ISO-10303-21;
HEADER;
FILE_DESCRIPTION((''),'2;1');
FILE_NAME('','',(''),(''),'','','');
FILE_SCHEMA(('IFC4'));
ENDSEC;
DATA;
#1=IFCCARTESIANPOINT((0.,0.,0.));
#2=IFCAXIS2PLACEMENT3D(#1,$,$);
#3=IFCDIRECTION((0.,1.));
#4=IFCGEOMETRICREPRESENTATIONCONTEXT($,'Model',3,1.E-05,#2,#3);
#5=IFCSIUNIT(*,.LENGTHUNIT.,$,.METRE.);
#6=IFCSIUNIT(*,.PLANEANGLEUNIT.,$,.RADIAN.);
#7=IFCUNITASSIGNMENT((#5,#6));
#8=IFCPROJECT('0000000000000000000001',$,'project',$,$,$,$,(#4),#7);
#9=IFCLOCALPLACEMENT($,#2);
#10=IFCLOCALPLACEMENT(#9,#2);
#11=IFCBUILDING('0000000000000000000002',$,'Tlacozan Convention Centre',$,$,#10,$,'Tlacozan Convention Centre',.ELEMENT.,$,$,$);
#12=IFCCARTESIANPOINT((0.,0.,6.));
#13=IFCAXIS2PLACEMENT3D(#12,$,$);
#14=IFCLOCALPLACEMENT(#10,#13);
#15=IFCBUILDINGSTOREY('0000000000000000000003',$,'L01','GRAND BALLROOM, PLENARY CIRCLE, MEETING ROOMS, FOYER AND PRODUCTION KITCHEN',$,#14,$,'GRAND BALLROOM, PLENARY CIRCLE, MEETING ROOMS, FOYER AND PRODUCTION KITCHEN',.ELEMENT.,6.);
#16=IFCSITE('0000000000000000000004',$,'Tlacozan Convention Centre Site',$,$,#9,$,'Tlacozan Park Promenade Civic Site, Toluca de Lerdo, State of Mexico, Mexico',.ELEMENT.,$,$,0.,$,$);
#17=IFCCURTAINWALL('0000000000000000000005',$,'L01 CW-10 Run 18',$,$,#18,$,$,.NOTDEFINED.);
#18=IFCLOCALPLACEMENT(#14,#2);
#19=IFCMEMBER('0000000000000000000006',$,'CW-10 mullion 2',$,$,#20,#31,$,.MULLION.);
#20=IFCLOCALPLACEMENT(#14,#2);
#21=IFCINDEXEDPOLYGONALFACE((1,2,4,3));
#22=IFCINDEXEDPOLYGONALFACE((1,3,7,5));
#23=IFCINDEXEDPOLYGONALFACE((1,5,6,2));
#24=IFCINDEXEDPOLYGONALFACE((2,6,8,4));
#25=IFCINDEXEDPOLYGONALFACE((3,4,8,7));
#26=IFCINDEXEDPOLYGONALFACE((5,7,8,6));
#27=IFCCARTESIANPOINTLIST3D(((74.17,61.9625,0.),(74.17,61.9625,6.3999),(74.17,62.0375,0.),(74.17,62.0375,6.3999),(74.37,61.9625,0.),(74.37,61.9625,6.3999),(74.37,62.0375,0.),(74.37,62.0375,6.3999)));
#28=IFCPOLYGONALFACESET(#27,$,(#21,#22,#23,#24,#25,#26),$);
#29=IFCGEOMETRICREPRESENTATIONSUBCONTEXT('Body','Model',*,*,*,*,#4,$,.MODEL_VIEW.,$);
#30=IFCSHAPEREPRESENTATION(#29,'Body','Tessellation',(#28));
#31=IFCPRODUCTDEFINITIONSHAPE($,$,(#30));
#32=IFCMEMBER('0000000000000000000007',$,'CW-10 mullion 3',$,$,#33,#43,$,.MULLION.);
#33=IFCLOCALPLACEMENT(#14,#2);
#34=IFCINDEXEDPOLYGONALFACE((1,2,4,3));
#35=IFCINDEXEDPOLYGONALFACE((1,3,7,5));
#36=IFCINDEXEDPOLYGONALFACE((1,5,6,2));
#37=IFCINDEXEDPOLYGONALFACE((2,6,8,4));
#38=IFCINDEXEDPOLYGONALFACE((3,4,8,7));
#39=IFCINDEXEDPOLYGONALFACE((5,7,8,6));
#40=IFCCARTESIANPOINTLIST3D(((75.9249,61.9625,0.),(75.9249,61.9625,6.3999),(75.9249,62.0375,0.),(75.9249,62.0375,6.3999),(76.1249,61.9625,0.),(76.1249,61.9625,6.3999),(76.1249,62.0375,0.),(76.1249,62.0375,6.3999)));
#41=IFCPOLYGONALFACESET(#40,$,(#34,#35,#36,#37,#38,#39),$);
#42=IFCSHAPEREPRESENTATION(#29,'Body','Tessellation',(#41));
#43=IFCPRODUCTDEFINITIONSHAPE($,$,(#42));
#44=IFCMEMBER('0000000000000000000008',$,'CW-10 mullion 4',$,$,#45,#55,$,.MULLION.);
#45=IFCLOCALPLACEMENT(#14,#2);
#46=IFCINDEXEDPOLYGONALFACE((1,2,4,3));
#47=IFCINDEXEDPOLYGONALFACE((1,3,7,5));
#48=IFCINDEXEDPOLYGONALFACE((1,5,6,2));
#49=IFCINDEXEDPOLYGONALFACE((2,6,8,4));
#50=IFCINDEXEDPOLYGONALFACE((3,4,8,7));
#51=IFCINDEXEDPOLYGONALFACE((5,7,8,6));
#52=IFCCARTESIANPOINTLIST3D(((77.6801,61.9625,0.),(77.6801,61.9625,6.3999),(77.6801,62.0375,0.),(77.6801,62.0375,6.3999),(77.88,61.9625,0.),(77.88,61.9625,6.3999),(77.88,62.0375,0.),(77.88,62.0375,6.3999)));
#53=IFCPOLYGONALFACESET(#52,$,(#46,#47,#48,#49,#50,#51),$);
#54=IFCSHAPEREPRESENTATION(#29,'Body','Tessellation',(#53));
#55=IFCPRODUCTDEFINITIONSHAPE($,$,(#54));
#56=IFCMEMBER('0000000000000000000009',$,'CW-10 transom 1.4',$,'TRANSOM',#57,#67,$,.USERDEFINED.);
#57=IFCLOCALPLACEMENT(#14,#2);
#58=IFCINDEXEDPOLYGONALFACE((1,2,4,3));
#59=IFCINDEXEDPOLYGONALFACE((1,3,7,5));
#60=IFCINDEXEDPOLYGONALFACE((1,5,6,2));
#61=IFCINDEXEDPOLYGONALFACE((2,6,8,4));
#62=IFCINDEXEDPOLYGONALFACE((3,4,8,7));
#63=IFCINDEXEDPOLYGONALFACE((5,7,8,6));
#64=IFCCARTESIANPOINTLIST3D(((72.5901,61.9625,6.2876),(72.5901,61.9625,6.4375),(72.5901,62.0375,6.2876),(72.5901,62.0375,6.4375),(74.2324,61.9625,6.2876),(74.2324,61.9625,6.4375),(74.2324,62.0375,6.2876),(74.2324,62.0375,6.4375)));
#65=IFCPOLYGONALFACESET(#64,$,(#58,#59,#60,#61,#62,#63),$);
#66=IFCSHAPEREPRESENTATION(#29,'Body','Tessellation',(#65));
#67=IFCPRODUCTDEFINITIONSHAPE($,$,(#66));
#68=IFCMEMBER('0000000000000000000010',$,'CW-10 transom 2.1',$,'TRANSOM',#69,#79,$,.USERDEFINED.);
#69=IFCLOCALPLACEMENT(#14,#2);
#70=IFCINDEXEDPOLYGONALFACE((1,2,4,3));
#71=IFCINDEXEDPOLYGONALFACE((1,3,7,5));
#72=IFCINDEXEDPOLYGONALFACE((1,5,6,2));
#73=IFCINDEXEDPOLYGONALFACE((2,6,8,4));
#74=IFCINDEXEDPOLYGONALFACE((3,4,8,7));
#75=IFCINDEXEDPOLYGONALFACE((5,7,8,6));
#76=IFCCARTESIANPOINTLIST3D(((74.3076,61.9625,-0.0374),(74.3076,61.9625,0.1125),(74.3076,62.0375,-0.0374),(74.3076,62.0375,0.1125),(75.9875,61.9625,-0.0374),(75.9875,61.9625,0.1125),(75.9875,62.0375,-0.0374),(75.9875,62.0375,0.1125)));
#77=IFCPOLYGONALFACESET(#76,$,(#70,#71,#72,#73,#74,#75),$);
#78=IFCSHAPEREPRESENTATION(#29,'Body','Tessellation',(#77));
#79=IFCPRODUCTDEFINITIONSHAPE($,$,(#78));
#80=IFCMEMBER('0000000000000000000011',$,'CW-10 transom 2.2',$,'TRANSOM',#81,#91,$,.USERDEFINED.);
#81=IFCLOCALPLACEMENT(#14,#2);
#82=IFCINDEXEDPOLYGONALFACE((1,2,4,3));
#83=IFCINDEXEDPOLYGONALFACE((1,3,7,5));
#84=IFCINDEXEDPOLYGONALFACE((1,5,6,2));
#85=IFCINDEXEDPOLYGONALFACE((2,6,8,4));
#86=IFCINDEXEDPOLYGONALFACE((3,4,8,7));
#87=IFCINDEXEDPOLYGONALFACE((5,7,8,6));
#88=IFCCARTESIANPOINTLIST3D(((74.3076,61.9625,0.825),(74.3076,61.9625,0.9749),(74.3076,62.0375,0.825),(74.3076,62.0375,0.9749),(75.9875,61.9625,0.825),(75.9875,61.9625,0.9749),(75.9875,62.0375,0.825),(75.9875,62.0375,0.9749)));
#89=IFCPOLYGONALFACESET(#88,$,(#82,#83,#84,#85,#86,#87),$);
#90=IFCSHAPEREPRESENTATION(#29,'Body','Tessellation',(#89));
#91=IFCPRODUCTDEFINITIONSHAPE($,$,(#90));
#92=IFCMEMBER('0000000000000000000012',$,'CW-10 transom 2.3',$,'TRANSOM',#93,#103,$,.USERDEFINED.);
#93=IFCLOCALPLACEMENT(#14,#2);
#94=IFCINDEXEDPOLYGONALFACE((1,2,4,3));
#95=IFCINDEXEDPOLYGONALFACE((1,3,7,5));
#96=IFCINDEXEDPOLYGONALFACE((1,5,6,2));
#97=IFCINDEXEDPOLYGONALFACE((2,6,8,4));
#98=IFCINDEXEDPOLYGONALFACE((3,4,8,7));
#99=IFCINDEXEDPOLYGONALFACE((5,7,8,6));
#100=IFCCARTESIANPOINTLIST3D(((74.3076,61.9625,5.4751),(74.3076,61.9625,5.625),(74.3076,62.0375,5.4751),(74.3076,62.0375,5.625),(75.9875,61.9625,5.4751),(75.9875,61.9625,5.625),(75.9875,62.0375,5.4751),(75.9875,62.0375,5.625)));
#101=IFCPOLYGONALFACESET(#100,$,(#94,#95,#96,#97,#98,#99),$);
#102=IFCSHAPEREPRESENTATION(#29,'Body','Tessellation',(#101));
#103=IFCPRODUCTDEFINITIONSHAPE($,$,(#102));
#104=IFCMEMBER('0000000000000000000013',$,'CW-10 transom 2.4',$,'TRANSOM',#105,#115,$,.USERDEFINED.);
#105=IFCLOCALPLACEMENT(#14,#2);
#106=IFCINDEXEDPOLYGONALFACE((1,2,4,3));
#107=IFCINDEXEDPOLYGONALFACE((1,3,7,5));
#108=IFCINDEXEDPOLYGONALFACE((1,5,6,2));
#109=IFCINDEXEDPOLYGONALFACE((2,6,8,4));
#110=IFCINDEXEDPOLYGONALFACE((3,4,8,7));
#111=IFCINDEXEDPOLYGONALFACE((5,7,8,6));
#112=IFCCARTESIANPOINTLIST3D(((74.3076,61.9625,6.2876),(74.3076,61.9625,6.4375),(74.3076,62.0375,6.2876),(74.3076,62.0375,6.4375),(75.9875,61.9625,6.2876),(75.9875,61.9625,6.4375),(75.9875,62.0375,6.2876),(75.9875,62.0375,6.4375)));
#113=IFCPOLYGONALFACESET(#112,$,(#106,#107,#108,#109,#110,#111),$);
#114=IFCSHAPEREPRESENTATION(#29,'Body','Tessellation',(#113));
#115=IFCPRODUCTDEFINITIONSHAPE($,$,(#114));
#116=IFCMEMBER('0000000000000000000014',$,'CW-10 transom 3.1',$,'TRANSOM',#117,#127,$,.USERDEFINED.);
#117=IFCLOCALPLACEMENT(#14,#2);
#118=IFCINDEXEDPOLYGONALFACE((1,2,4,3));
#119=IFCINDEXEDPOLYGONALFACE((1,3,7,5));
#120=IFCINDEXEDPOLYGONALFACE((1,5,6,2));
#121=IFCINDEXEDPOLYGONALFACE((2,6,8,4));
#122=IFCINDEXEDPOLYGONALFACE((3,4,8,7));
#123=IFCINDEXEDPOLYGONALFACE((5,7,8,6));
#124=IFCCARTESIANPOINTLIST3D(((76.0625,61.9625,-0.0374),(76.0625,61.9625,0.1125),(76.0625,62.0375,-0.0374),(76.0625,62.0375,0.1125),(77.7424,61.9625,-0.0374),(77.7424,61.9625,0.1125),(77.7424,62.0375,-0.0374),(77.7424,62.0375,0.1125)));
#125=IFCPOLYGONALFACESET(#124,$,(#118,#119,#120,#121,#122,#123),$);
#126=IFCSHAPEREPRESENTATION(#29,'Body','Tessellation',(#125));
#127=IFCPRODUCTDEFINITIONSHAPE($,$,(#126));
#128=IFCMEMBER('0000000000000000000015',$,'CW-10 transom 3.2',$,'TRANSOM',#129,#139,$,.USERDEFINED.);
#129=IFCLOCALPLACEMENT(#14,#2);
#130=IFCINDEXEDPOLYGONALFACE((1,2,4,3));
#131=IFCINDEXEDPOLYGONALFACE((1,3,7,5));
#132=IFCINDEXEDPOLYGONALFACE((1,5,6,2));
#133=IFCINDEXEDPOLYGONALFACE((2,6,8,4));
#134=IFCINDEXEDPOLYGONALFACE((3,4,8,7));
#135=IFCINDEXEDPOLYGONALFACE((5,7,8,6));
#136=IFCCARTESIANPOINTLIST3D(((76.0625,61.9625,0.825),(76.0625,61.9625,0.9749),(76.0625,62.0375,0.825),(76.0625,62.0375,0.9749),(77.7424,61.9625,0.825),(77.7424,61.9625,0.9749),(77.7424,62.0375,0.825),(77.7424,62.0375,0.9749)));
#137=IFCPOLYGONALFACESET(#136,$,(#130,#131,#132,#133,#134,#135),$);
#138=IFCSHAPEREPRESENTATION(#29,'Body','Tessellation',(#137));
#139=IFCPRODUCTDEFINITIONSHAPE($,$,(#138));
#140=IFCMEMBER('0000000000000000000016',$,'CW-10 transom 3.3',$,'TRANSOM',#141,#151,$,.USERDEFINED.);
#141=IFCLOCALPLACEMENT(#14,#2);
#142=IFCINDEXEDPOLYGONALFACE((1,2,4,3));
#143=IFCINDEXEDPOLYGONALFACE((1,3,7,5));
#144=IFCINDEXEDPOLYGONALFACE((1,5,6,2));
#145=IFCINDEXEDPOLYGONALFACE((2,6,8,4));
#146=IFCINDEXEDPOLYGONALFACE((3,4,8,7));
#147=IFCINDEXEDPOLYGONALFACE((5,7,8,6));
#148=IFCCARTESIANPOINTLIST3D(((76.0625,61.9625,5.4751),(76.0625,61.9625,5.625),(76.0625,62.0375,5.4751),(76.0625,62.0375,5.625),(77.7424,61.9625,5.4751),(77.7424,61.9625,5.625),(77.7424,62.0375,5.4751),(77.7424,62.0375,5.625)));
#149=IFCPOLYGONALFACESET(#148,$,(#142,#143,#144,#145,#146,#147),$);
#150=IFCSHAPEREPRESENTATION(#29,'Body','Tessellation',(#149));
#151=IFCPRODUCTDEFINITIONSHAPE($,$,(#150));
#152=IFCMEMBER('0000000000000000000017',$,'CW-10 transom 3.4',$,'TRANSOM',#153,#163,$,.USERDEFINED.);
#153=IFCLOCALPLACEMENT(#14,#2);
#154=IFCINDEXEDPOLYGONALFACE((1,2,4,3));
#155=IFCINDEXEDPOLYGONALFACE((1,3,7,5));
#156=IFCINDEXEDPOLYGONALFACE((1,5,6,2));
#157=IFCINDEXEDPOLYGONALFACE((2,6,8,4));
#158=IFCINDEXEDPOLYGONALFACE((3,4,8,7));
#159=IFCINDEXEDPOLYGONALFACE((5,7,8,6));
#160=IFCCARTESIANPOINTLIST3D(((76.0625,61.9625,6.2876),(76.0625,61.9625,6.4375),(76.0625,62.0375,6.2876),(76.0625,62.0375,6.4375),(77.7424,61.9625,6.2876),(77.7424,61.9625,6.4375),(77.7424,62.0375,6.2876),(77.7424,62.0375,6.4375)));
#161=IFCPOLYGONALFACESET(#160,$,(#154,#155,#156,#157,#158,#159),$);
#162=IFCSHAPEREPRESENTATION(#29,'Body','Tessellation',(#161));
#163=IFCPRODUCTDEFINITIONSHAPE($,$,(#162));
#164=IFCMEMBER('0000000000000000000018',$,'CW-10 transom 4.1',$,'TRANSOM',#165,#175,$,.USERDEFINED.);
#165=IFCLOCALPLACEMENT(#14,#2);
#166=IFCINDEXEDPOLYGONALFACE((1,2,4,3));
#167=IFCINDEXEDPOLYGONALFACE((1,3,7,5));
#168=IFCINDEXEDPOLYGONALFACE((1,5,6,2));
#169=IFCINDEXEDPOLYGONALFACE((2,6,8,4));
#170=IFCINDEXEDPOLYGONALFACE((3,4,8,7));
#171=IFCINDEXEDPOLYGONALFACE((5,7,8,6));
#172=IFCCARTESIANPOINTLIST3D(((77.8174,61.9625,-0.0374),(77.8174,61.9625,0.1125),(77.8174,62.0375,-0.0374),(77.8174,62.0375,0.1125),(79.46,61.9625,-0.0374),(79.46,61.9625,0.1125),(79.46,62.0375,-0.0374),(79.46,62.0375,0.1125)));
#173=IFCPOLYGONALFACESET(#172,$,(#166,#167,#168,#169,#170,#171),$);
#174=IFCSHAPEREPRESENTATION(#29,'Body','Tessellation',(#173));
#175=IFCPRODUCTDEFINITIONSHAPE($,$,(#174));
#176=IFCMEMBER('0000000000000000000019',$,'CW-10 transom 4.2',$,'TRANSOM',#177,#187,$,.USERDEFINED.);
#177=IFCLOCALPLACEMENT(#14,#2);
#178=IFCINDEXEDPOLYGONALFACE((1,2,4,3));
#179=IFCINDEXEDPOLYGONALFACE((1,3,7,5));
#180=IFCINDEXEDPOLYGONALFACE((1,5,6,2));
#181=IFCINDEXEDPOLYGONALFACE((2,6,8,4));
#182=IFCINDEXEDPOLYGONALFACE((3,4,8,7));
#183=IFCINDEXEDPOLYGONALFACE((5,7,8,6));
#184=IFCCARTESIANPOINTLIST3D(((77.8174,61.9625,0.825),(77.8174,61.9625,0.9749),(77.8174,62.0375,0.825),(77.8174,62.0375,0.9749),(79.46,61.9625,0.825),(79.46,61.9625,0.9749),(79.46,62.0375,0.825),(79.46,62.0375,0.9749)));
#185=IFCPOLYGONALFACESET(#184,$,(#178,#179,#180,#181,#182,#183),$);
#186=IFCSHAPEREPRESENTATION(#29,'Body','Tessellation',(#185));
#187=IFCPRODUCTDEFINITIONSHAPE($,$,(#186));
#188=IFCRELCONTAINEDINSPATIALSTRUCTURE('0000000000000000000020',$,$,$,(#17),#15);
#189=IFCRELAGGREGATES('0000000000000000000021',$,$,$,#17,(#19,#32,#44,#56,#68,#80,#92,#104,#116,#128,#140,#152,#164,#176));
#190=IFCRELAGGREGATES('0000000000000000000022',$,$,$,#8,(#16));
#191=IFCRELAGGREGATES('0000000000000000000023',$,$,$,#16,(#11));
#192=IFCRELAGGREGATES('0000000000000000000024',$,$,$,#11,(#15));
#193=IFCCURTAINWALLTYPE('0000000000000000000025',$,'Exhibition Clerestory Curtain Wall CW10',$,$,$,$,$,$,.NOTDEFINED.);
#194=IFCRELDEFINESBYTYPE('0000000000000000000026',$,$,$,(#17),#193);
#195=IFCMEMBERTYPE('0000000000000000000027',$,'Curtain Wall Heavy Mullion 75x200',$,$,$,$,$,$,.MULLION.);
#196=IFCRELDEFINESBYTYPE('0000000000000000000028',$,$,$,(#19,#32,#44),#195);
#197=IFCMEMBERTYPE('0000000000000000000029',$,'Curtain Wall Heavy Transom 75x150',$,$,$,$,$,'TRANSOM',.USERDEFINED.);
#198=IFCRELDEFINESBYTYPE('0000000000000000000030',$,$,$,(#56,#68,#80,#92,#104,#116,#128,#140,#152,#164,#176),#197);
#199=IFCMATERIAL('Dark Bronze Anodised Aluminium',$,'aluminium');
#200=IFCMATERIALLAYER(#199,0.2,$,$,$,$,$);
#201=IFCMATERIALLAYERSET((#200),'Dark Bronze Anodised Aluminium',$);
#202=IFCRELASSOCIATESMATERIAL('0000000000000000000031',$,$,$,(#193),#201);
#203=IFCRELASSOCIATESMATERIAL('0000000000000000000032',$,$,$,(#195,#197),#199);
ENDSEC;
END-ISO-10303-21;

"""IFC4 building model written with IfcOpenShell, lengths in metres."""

from ifc_helpers import new_model, si_unit, direction, frame, origin, origin_2d, place, context, subcontext, project, spatial, rectangle, extrude, material, layer, layer_set, material_profile, profile_set, type_object, element, aggregate, save


model = new_model("IFC4")

# Units and contexts
model_context = context("Model", 3, precision=1e-05, world=origin(), true_north=direction((0.0, 1.0)))
body_context = subcontext(model_context, "Body", "Model", "MODEL_VIEW")
ifc_project = project(units=[si_unit("LENGTHUNIT", "METRE"), si_unit("PLANEANGLEUNIT", "RADIAN")], contexts=[model_context])

# Site, building, storey
site_placement = place(None, origin())
site = spatial("IfcSite", under=ifc_project, at=site_placement, Name="Tlacozan Convention Centre Site", LongName="Tlacozan Park Promenade Civic Site, Toluca de Lerdo, State of Mexico, Mexico", CompositionType="ELEMENT", RefElevation=0.0)
building_placement = place(site_placement, origin())
building = spatial("IfcBuilding", under=site, at=building_placement, Name="Tlacozan Convention Centre", LongName="Tlacozan Convention Centre", CompositionType="ELEMENT")
storey_placement = place(building_placement, frame((0.0, 0.0, 6.0)))
storey = spatial("IfcBuildingStorey", under=building, at=storey_placement, Name="L01", Description="GRAND BALLROOM, PLENARY CIRCLE, MEETING ROOMS, FOYER AND PRODUCTION KITCHEN", LongName="GRAND BALLROOM, PLENARY CIRCLE, MEETING ROOMS, FOYER AND PRODUCTION KITCHEN", CompositionType="ELEMENT", Elevation=6.0)

# Curtain wall, members
ifc_material_1 = material(Name="Dark Bronze Anodised Aluminium", Category="aluminium")
ifc_layer_1 = layer(ifc_material_1, 0.2)
ifc_layer_set_1 = layer_set([ifc_layer_1], Name="Dark Bronze Anodised Aluminium")
curtain_wall_type = type_object("IfcCurtainWallType", Name="Exhibition Clerestory Curtain Wall CW10", PredefinedType="NOTDEFINED", material=ifc_layer_set_1)
curtain_wall_placement = place(storey_placement, origin())
curtain_wall = element("IfcCurtainWall", 1, at=curtain_wall_placement, inside=storey, type_object=curtain_wall_type, Name="L01 CW-10 Run 18", PredefinedType="NOTDEFINED")
ifc_material_profile_1 = material_profile(ifc_material_1, rectangle(XDim=0.075, YDim=0.2, at=origin_2d()), Name="ALU 75x200")
ifc_profile_set_1 = profile_set([ifc_material_profile_1], Name="Dark Bronze Anodised Aluminium")
member_type_1 = type_object("IfcMemberType", Name="Curtain Wall Heavy Mullion 75x200", PredefinedType="MULLION", material=ifc_profile_set_1)
member_1_placement = place(storey_placement, frame((74.27, 62.0, 0.0), z_axis=(0.0, 0.0, 1.0), x_axis=(0.0, 1.0, 0.0)))
member_1 = element("IfcMember", 2, at=member_1_placement, type_object=member_type_1, Name="CW-10 mullion 2", PredefinedType="MULLION", context=body_context, shape_type="SweptSolid", body=[
    extrude(rectangle(XDim=0.075, YDim=0.2, at=origin_2d()), origin(), (0.0, 0.0, 1.0), 6.3999),
])
member_2_placement = place(storey_placement, frame((76.0249, 62.0, 0.0), z_axis=(0.0, 0.0, 1.0), x_axis=(0.0, 1.0, 0.0)))
member_2 = element("IfcMember", 3, at=member_2_placement, type_object=member_type_1, Name="CW-10 mullion 3", PredefinedType="MULLION", context=body_context, shape_type="SweptSolid", body=[
    extrude(rectangle(XDim=0.075, YDim=0.2, at=origin_2d()), origin(), (0.0, 0.0, 1.0), 6.3999),
])
member_3_placement = place(storey_placement, frame((77.78, 62.0, 0.0), z_axis=(0.0, 0.0, 1.0), x_axis=(0.0, 1.0, 0.0)))
member_3 = element("IfcMember", 4, at=member_3_placement, type_object=member_type_1, Name="CW-10 mullion 4", PredefinedType="MULLION", context=body_context, shape_type="SweptSolid", body=[
    extrude(rectangle(XDim=0.075, YDim=0.2, at=origin_2d()), origin(), (0.0, 0.0, 1.0), 6.3999),
])
ifc_material_profile_2 = material_profile(ifc_material_1, rectangle(XDim=0.075, YDim=0.1499, at=origin_2d()), Name="ALU 75x150")
ifc_profile_set_2 = profile_set([ifc_material_profile_2], Name="Dark Bronze Anodised Aluminium")
member_type_2 = type_object("IfcMemberType", Name="Curtain Wall Heavy Transom 75x150", ElementType="TRANSOM", PredefinedType="USERDEFINED", material=ifc_profile_set_2)
member_4_placement = place(storey_placement, frame((72.5901, 62.0, 6.3625), z_axis=(1.0, 0.0, 0.0), x_axis=(0.0, 1.0, 0.0)))
member_4 = element("IfcMember", 5, at=member_4_placement, type_object=member_type_2, Name="CW-10 transom 1.4", ObjectType="TRANSOM", PredefinedType="USERDEFINED", context=body_context, shape_type="SweptSolid", body=[
    extrude(rectangle(XDim=0.075, YDim=0.1499, at=origin_2d()), origin(), (0.0, 0.0, 1.0), 1.6423),
])
member_5_placement = place(storey_placement, frame((74.3076, 62.0, 0.0376), z_axis=(1.0, 0.0, 0.0), x_axis=(0.0, 1.0, 0.0)))
member_5 = element("IfcMember", 6, at=member_5_placement, type_object=member_type_2, Name="CW-10 transom 2.1", ObjectType="TRANSOM", PredefinedType="USERDEFINED", context=body_context, shape_type="SweptSolid", body=[
    extrude(rectangle(XDim=0.075, YDim=0.1499, at=origin_2d()), origin(), (0.0, 0.0, 1.0), 1.6799),
])
member_6_placement = place(storey_placement, frame((74.3076, 62.0, 0.8999), z_axis=(1.0, 0.0, 0.0), x_axis=(0.0, 1.0, 0.0)))
member_6 = element("IfcMember", 7, at=member_6_placement, type_object=member_type_2, Name="CW-10 transom 2.2", ObjectType="TRANSOM", PredefinedType="USERDEFINED", context=body_context, shape_type="SweptSolid", body=[
    extrude(rectangle(XDim=0.075, YDim=0.1499, at=origin_2d()), origin(), (0.0, 0.0, 1.0), 1.6799),
])
member_7_placement = place(storey_placement, frame((74.3076, 62.0, 5.55), z_axis=(1.0, 0.0, 0.0), x_axis=(0.0, 1.0, 0.0)))
member_7 = element("IfcMember", 8, at=member_7_placement, type_object=member_type_2, Name="CW-10 transom 2.3", ObjectType="TRANSOM", PredefinedType="USERDEFINED", context=body_context, shape_type="SweptSolid", body=[
    extrude(rectangle(XDim=0.075, YDim=0.1499, at=origin_2d()), origin(), (0.0, 0.0, 1.0), 1.6799),
])
member_8_placement = place(storey_placement, frame((74.3076, 62.0, 6.3625), z_axis=(1.0, 0.0, 0.0), x_axis=(0.0, 1.0, 0.0)))
member_8 = element("IfcMember", 9, at=member_8_placement, type_object=member_type_2, Name="CW-10 transom 2.4", ObjectType="TRANSOM", PredefinedType="USERDEFINED", context=body_context, shape_type="SweptSolid", body=[
    extrude(rectangle(XDim=0.075, YDim=0.1499, at=origin_2d()), origin(), (0.0, 0.0, 1.0), 1.6799),
])
member_9_placement = place(storey_placement, frame((76.0625, 62.0, 0.0376), z_axis=(1.0, 0.0, 0.0), x_axis=(0.0, 1.0, 0.0)))
member_9 = element("IfcMember", 10, at=member_9_placement, type_object=member_type_2, Name="CW-10 transom 3.1", ObjectType="TRANSOM", PredefinedType="USERDEFINED", context=body_context, shape_type="SweptSolid", body=[
    extrude(rectangle(XDim=0.075, YDim=0.1499, at=origin_2d()), origin(), (0.0, 0.0, 1.0), 1.6799),
])
member_10_placement = place(storey_placement, frame((76.0625, 62.0, 0.8999), z_axis=(1.0, 0.0, 0.0), x_axis=(0.0, 1.0, 0.0)))
member_10 = element("IfcMember", 11, at=member_10_placement, type_object=member_type_2, Name="CW-10 transom 3.2", ObjectType="TRANSOM", PredefinedType="USERDEFINED", context=body_context, shape_type="SweptSolid", body=[
    extrude(rectangle(XDim=0.075, YDim=0.1499, at=origin_2d()), origin(), (0.0, 0.0, 1.0), 1.6799),
])
member_11_placement = place(storey_placement, frame((76.0625, 62.0, 5.55), z_axis=(1.0, 0.0, 0.0), x_axis=(0.0, 1.0, 0.0)))
member_11 = element("IfcMember", 12, at=member_11_placement, type_object=member_type_2, Name="CW-10 transom 3.3", ObjectType="TRANSOM", PredefinedType="USERDEFINED", context=body_context, shape_type="SweptSolid", body=[
    extrude(rectangle(XDim=0.075, YDim=0.1499, at=origin_2d()), origin(), (0.0, 0.0, 1.0), 1.6799),
])
member_12_placement = place(storey_placement, frame((76.0625, 62.0, 6.3625), z_axis=(1.0, 0.0, 0.0), x_axis=(0.0, 1.0, 0.0)))
member_12 = element("IfcMember", 13, at=member_12_placement, type_object=member_type_2, Name="CW-10 transom 3.4", ObjectType="TRANSOM", PredefinedType="USERDEFINED", context=body_context, shape_type="SweptSolid", body=[
    extrude(rectangle(XDim=0.075, YDim=0.1499, at=origin_2d()), origin(), (0.0, 0.0, 1.0), 1.6799),
])
member_13_placement = place(storey_placement, frame((77.8174, 62.0, 0.0376), z_axis=(1.0, 0.0, 0.0), x_axis=(0.0, 1.0, 0.0)))
member_13 = element("IfcMember", 14, at=member_13_placement, type_object=member_type_2, Name="CW-10 transom 4.1", ObjectType="TRANSOM", PredefinedType="USERDEFINED", context=body_context, shape_type="SweptSolid", body=[
    extrude(rectangle(XDim=0.075, YDim=0.1499, at=origin_2d()), origin(), (0.0, 0.0, 1.0), 1.6426),
])
member_14_placement = place(storey_placement, frame((77.8174, 62.0, 0.8999), z_axis=(1.0, 0.0, 0.0), x_axis=(0.0, 1.0, 0.0)))
member_14 = element("IfcMember", 15, at=member_14_placement, type_object=member_type_2, Name="CW-10 transom 4.2", ObjectType="TRANSOM", PredefinedType="USERDEFINED", context=body_context, shape_type="SweptSolid", body=[
    extrude(rectangle(XDim=0.075, YDim=0.1499, at=origin_2d()), origin(), (0.0, 0.0, 1.0), 1.6426),
])
aggregate(curtain_wall, [member_1, member_2, member_3, member_4, member_5, member_6, member_7, member_8, member_9, member_10, member_11, member_12, member_13, member_14])

save(model, "model.ifc")
